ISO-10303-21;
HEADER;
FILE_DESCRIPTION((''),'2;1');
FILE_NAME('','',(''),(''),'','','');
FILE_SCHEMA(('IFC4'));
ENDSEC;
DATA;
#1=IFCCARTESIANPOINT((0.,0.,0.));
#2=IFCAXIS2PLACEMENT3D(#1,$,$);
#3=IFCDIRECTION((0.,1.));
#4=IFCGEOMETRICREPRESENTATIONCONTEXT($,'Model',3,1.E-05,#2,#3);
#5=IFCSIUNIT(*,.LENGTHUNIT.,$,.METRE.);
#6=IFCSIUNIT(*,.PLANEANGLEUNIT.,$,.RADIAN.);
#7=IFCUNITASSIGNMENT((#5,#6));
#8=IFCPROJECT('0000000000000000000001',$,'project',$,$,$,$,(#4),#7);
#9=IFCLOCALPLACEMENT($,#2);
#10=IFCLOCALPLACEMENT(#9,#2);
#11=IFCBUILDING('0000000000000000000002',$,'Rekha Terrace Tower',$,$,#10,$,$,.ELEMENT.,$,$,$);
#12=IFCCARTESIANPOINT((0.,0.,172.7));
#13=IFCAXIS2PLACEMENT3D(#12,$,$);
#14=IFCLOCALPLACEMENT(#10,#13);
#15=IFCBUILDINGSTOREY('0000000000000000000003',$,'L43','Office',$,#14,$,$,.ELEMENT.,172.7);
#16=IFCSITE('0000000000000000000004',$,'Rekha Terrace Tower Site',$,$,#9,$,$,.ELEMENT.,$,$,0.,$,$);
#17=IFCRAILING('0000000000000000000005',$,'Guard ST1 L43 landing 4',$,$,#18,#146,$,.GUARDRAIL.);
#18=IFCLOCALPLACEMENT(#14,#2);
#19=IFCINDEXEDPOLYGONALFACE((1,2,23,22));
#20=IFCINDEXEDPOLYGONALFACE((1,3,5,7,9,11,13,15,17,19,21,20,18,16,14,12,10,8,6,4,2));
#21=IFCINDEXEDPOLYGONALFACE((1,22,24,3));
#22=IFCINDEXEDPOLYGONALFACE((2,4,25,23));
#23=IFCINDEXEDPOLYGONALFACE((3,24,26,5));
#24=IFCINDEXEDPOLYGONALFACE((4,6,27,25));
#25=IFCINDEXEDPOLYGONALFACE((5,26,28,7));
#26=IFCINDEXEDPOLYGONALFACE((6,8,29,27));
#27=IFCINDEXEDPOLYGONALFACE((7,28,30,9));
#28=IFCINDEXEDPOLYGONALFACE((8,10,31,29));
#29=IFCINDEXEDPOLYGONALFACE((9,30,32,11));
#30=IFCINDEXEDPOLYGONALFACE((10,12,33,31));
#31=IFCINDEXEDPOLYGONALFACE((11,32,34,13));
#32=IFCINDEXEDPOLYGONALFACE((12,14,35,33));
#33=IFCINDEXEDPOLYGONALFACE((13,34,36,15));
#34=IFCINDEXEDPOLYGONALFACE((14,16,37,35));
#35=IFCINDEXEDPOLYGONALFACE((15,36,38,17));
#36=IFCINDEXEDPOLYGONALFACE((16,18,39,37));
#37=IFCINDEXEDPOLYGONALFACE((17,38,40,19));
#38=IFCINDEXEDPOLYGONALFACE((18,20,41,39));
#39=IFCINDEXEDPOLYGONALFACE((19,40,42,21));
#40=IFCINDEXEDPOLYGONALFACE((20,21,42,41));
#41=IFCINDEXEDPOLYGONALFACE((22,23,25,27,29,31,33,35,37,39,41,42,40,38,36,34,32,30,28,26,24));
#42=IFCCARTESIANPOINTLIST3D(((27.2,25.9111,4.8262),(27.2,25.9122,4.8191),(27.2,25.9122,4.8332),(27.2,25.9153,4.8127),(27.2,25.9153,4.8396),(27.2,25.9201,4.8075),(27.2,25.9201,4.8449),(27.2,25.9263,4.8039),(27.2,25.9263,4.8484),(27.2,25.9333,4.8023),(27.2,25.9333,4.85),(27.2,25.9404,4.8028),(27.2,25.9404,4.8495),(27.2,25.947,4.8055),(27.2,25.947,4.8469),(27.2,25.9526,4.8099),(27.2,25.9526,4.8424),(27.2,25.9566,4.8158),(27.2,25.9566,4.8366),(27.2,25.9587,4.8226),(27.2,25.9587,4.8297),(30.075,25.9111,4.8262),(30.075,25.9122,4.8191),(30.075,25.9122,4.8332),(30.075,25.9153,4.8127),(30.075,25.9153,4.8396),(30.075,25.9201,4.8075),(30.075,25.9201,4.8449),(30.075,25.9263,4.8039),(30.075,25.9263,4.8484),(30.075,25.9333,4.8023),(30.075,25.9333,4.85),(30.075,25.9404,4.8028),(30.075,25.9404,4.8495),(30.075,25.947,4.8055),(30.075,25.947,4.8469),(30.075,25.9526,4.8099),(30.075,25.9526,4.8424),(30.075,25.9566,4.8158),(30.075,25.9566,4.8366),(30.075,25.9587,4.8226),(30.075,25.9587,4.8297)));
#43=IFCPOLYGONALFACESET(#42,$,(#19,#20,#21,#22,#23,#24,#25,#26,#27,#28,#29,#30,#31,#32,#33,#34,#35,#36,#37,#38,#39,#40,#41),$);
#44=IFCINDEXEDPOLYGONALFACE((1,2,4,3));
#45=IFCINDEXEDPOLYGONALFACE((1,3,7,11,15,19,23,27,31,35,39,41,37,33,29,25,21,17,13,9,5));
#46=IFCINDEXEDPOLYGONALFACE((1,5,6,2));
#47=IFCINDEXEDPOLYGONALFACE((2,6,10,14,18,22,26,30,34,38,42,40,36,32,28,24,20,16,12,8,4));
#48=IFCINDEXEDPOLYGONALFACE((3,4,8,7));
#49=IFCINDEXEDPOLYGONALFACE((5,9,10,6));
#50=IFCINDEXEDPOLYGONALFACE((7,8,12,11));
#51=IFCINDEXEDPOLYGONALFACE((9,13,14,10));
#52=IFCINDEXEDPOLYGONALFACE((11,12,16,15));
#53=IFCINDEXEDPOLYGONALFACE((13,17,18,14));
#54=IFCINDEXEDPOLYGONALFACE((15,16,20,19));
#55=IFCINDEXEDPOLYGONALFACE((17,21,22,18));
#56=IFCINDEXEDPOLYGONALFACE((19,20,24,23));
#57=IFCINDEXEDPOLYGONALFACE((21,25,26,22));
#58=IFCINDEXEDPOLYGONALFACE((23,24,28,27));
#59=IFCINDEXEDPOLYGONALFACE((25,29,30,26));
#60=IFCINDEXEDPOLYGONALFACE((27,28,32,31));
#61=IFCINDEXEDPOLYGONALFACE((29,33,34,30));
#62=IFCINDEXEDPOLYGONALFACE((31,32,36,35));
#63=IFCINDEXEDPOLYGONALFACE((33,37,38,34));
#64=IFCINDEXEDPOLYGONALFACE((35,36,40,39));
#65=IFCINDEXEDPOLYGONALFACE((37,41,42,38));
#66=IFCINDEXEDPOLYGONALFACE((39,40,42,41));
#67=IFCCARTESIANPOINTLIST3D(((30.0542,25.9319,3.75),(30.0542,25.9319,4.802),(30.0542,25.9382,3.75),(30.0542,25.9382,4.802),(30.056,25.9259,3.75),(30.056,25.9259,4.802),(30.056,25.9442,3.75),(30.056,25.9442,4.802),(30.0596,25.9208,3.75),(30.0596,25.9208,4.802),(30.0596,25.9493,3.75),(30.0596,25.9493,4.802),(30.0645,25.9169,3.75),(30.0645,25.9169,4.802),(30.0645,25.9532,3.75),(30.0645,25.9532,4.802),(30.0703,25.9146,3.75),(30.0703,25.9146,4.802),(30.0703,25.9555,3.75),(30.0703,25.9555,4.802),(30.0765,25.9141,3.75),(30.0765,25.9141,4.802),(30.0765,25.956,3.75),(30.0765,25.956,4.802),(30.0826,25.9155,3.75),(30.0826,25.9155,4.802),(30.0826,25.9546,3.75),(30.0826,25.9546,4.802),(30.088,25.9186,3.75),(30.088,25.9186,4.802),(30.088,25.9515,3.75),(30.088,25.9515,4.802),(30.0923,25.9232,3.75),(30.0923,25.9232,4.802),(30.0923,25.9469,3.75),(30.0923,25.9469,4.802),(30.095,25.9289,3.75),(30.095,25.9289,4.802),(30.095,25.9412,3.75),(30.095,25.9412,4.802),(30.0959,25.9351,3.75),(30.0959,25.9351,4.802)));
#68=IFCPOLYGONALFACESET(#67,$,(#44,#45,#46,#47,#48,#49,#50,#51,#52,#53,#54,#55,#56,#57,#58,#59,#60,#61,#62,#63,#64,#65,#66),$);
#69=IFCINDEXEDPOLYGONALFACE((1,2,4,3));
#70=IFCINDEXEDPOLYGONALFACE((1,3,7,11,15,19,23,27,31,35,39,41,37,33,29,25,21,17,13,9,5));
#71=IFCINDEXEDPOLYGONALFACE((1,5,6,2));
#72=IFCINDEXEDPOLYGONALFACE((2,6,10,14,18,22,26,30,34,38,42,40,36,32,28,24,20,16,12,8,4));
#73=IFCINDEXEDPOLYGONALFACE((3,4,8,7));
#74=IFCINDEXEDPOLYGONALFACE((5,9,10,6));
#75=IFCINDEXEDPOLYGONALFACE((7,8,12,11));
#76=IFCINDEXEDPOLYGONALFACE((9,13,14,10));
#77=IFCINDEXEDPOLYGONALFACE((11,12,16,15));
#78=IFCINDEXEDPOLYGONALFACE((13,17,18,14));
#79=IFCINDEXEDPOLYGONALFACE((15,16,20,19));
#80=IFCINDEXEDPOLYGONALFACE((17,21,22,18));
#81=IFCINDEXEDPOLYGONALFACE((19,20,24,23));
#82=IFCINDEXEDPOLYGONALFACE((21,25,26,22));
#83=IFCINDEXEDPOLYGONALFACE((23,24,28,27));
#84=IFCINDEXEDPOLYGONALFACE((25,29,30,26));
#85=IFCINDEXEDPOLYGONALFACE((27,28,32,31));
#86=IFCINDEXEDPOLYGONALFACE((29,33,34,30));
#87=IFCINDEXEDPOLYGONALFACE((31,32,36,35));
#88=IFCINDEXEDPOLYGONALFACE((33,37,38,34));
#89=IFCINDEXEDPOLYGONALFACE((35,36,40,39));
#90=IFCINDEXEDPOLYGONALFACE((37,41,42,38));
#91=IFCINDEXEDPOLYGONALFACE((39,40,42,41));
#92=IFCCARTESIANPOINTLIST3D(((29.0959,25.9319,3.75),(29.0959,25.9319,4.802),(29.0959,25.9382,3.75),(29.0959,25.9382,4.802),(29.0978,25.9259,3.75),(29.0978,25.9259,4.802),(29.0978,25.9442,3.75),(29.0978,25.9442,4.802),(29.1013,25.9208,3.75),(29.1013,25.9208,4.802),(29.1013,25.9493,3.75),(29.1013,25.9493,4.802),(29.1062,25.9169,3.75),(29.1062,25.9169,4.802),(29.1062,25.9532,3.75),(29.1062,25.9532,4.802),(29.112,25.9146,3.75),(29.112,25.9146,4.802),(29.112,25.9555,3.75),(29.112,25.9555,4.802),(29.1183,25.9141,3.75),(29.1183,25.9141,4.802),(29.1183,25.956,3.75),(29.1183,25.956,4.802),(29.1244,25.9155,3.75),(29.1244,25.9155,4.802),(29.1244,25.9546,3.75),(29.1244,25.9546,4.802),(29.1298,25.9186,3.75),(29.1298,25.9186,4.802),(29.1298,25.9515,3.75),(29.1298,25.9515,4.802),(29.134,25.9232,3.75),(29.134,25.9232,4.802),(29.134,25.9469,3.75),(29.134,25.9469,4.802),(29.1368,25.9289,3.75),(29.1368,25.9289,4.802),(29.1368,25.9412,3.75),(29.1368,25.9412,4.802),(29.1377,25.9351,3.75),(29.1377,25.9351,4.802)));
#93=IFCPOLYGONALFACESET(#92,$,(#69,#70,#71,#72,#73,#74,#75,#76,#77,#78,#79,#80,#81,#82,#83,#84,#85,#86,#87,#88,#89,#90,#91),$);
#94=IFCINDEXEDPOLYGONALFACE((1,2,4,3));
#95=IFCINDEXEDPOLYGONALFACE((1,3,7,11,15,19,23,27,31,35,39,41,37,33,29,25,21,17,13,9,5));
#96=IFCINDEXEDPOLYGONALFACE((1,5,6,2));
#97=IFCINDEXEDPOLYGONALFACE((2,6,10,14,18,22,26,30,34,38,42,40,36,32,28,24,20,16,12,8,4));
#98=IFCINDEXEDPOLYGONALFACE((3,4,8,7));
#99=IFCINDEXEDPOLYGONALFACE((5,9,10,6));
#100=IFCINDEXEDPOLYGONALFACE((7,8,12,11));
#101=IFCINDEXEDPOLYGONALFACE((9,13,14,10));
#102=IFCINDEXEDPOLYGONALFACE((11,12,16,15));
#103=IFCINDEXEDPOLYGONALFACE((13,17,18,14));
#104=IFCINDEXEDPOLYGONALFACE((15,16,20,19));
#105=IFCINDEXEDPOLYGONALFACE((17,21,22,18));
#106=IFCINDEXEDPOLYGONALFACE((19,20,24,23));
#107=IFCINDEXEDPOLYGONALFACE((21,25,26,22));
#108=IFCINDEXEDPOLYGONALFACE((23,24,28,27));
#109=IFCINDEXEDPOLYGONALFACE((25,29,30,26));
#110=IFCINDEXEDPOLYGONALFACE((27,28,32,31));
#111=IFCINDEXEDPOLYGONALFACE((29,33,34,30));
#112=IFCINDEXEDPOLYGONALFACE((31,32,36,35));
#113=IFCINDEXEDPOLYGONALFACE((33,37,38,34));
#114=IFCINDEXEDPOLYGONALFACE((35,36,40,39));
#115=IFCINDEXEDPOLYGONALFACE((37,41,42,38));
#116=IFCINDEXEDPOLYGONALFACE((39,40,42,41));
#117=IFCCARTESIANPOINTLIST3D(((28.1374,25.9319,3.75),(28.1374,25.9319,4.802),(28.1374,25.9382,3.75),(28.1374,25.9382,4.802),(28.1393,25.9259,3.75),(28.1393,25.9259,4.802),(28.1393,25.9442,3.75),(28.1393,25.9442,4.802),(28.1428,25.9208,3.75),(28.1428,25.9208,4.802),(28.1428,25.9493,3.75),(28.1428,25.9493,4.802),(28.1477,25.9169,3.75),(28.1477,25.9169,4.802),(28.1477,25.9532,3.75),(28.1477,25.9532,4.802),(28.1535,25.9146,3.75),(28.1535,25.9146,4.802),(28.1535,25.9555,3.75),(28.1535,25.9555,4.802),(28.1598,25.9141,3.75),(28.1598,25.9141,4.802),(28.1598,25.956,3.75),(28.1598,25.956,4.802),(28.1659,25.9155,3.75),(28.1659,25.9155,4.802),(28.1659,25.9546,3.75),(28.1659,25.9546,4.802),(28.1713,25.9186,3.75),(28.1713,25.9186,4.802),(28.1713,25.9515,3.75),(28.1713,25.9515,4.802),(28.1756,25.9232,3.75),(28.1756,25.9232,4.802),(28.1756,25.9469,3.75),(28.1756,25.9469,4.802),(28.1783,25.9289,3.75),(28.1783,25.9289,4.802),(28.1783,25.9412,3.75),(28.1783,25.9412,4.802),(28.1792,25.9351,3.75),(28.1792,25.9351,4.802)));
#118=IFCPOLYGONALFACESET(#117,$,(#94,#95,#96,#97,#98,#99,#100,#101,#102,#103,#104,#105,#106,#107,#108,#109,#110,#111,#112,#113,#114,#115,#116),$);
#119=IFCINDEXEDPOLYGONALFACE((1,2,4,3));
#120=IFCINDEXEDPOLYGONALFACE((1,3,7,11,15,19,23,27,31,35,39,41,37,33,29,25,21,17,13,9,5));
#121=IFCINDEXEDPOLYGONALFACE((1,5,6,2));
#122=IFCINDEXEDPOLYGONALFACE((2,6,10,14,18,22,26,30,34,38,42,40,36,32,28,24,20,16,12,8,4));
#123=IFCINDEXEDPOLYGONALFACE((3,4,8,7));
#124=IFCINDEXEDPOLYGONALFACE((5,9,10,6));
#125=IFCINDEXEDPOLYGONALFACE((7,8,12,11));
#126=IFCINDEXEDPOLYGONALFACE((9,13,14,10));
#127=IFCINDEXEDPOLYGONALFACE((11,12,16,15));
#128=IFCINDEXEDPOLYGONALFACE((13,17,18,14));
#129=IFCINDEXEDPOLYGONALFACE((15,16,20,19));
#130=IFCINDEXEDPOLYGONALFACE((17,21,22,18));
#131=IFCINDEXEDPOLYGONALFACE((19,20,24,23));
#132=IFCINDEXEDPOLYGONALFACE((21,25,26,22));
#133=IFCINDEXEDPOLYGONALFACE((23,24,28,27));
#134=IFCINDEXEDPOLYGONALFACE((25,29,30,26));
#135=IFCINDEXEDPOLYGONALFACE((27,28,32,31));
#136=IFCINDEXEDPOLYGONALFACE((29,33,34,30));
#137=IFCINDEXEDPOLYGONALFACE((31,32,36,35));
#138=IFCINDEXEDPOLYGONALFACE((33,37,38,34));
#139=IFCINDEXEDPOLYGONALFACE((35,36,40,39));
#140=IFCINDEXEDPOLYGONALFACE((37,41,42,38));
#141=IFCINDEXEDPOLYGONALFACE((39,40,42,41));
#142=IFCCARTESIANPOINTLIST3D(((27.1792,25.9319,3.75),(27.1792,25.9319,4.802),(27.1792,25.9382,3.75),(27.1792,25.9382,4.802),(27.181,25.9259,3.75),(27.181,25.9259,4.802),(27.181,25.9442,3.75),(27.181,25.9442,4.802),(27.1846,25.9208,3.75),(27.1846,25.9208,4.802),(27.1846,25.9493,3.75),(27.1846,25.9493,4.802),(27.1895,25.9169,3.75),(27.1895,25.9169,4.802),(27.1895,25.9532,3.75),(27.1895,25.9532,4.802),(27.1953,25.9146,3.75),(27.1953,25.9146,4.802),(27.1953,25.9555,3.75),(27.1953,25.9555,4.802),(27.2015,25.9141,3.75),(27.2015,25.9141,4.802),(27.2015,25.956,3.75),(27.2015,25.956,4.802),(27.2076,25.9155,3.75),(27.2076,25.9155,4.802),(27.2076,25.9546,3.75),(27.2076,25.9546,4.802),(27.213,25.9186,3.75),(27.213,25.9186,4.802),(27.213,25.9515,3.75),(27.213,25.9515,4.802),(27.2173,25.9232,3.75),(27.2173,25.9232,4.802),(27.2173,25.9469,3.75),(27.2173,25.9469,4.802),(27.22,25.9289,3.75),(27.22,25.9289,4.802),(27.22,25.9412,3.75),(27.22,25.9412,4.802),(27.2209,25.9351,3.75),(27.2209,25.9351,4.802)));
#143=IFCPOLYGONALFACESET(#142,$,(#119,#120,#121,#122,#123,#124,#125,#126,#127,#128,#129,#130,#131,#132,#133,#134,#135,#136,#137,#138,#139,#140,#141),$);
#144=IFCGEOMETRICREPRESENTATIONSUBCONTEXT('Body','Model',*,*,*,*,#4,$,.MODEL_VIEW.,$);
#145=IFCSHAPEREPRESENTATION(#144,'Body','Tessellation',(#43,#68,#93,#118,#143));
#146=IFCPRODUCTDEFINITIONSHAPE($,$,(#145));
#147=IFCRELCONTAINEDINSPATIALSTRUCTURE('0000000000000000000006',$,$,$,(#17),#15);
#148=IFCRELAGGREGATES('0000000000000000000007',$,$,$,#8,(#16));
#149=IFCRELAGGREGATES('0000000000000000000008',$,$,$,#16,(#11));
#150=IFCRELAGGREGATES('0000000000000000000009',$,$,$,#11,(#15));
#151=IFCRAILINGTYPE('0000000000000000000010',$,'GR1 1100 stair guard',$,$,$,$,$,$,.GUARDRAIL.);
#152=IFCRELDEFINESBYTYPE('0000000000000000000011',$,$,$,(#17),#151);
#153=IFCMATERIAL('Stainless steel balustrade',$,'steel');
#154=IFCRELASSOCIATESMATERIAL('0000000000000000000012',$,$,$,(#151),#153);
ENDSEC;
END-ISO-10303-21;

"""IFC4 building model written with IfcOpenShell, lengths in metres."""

from ifc_helpers import new_model, si_unit, direction, frame, origin, origin_2d, place, context, subcontext, project, spatial, circle, extrude, material, type_object, element, save


model = new_model("IFC4")

# Units and contexts
model_context = context("Model", 3, precision=1e-05, world=origin(), true_north=direction((0.0, 1.0)))
body_context = subcontext(model_context, "Body", "Model", "MODEL_VIEW")
ifc_project = project(units=[si_unit("LENGTHUNIT", "METRE"), si_unit("PLANEANGLEUNIT", "RADIAN")], contexts=[model_context])

# Site, building, storey
site_placement = place(None, origin())
site = spatial("IfcSite", under=ifc_project, at=site_placement, Name="Rekha Terrace Tower Site", CompositionType="ELEMENT", RefElevation=0.0)
building_placement = place(site_placement, origin())
building = spatial("IfcBuilding", under=site, at=building_placement, Name="Rekha Terrace Tower", CompositionType="ELEMENT")
storey_placement = place(building_placement, frame((0.0, 0.0, 172.7)))
storey = spatial("IfcBuildingStorey", under=building, at=storey_placement, Name="L43", Description="Office", CompositionType="ELEMENT", Elevation=172.7)

# Railing
ifc_material_1 = material(Name="Stainless steel balustrade", Category="steel")
railing_type_1 = type_object("IfcRailingType", Name="GR1 1100 stair guard", PredefinedType="GUARDRAIL", material=ifc_material_1)
railing_1_placement = place(storey_placement, frame((30.075, 25.9351, 3.75)))
element("IfcRailing", 1, at=railing_1_placement, inside=storey, type_object=railing_type_1, Name="Guard ST1 L43 landing 4", PredefinedType="GUARDRAIL", context=body_context, shape_type="SweptSolid", body=[
    extrude(circle(Radius=0.0239, at=origin_2d()), frame((0.0, 0.0, 1.0762), z_axis=(-1.0, 0.0, 0.0), x_axis=(0.0, -1.0, 0.0)), (0.0, 0.0, 1.0), 2.875),
    extrude(circle(Radius=0.021, at=origin_2d()), origin(), (0.0, 0.0, 1.0), 1.052),
    extrude(circle(Radius=0.021, at=origin_2d()), frame((-0.9583, 0.0, 0.0)), (0.0, 0.0, 1.0), 1.052),
    extrude(circle(Radius=0.021, at=origin_2d()), frame((-1.9167, 0.0, 0.0)), (0.0, 0.0, 1.0), 1.052),
    extrude(circle(Radius=0.021, at=origin_2d()), frame((-2.875, 0.0, 0.0)), (0.0, 0.0, 1.0), 1.052),
])

save(model, "model.ifc")
